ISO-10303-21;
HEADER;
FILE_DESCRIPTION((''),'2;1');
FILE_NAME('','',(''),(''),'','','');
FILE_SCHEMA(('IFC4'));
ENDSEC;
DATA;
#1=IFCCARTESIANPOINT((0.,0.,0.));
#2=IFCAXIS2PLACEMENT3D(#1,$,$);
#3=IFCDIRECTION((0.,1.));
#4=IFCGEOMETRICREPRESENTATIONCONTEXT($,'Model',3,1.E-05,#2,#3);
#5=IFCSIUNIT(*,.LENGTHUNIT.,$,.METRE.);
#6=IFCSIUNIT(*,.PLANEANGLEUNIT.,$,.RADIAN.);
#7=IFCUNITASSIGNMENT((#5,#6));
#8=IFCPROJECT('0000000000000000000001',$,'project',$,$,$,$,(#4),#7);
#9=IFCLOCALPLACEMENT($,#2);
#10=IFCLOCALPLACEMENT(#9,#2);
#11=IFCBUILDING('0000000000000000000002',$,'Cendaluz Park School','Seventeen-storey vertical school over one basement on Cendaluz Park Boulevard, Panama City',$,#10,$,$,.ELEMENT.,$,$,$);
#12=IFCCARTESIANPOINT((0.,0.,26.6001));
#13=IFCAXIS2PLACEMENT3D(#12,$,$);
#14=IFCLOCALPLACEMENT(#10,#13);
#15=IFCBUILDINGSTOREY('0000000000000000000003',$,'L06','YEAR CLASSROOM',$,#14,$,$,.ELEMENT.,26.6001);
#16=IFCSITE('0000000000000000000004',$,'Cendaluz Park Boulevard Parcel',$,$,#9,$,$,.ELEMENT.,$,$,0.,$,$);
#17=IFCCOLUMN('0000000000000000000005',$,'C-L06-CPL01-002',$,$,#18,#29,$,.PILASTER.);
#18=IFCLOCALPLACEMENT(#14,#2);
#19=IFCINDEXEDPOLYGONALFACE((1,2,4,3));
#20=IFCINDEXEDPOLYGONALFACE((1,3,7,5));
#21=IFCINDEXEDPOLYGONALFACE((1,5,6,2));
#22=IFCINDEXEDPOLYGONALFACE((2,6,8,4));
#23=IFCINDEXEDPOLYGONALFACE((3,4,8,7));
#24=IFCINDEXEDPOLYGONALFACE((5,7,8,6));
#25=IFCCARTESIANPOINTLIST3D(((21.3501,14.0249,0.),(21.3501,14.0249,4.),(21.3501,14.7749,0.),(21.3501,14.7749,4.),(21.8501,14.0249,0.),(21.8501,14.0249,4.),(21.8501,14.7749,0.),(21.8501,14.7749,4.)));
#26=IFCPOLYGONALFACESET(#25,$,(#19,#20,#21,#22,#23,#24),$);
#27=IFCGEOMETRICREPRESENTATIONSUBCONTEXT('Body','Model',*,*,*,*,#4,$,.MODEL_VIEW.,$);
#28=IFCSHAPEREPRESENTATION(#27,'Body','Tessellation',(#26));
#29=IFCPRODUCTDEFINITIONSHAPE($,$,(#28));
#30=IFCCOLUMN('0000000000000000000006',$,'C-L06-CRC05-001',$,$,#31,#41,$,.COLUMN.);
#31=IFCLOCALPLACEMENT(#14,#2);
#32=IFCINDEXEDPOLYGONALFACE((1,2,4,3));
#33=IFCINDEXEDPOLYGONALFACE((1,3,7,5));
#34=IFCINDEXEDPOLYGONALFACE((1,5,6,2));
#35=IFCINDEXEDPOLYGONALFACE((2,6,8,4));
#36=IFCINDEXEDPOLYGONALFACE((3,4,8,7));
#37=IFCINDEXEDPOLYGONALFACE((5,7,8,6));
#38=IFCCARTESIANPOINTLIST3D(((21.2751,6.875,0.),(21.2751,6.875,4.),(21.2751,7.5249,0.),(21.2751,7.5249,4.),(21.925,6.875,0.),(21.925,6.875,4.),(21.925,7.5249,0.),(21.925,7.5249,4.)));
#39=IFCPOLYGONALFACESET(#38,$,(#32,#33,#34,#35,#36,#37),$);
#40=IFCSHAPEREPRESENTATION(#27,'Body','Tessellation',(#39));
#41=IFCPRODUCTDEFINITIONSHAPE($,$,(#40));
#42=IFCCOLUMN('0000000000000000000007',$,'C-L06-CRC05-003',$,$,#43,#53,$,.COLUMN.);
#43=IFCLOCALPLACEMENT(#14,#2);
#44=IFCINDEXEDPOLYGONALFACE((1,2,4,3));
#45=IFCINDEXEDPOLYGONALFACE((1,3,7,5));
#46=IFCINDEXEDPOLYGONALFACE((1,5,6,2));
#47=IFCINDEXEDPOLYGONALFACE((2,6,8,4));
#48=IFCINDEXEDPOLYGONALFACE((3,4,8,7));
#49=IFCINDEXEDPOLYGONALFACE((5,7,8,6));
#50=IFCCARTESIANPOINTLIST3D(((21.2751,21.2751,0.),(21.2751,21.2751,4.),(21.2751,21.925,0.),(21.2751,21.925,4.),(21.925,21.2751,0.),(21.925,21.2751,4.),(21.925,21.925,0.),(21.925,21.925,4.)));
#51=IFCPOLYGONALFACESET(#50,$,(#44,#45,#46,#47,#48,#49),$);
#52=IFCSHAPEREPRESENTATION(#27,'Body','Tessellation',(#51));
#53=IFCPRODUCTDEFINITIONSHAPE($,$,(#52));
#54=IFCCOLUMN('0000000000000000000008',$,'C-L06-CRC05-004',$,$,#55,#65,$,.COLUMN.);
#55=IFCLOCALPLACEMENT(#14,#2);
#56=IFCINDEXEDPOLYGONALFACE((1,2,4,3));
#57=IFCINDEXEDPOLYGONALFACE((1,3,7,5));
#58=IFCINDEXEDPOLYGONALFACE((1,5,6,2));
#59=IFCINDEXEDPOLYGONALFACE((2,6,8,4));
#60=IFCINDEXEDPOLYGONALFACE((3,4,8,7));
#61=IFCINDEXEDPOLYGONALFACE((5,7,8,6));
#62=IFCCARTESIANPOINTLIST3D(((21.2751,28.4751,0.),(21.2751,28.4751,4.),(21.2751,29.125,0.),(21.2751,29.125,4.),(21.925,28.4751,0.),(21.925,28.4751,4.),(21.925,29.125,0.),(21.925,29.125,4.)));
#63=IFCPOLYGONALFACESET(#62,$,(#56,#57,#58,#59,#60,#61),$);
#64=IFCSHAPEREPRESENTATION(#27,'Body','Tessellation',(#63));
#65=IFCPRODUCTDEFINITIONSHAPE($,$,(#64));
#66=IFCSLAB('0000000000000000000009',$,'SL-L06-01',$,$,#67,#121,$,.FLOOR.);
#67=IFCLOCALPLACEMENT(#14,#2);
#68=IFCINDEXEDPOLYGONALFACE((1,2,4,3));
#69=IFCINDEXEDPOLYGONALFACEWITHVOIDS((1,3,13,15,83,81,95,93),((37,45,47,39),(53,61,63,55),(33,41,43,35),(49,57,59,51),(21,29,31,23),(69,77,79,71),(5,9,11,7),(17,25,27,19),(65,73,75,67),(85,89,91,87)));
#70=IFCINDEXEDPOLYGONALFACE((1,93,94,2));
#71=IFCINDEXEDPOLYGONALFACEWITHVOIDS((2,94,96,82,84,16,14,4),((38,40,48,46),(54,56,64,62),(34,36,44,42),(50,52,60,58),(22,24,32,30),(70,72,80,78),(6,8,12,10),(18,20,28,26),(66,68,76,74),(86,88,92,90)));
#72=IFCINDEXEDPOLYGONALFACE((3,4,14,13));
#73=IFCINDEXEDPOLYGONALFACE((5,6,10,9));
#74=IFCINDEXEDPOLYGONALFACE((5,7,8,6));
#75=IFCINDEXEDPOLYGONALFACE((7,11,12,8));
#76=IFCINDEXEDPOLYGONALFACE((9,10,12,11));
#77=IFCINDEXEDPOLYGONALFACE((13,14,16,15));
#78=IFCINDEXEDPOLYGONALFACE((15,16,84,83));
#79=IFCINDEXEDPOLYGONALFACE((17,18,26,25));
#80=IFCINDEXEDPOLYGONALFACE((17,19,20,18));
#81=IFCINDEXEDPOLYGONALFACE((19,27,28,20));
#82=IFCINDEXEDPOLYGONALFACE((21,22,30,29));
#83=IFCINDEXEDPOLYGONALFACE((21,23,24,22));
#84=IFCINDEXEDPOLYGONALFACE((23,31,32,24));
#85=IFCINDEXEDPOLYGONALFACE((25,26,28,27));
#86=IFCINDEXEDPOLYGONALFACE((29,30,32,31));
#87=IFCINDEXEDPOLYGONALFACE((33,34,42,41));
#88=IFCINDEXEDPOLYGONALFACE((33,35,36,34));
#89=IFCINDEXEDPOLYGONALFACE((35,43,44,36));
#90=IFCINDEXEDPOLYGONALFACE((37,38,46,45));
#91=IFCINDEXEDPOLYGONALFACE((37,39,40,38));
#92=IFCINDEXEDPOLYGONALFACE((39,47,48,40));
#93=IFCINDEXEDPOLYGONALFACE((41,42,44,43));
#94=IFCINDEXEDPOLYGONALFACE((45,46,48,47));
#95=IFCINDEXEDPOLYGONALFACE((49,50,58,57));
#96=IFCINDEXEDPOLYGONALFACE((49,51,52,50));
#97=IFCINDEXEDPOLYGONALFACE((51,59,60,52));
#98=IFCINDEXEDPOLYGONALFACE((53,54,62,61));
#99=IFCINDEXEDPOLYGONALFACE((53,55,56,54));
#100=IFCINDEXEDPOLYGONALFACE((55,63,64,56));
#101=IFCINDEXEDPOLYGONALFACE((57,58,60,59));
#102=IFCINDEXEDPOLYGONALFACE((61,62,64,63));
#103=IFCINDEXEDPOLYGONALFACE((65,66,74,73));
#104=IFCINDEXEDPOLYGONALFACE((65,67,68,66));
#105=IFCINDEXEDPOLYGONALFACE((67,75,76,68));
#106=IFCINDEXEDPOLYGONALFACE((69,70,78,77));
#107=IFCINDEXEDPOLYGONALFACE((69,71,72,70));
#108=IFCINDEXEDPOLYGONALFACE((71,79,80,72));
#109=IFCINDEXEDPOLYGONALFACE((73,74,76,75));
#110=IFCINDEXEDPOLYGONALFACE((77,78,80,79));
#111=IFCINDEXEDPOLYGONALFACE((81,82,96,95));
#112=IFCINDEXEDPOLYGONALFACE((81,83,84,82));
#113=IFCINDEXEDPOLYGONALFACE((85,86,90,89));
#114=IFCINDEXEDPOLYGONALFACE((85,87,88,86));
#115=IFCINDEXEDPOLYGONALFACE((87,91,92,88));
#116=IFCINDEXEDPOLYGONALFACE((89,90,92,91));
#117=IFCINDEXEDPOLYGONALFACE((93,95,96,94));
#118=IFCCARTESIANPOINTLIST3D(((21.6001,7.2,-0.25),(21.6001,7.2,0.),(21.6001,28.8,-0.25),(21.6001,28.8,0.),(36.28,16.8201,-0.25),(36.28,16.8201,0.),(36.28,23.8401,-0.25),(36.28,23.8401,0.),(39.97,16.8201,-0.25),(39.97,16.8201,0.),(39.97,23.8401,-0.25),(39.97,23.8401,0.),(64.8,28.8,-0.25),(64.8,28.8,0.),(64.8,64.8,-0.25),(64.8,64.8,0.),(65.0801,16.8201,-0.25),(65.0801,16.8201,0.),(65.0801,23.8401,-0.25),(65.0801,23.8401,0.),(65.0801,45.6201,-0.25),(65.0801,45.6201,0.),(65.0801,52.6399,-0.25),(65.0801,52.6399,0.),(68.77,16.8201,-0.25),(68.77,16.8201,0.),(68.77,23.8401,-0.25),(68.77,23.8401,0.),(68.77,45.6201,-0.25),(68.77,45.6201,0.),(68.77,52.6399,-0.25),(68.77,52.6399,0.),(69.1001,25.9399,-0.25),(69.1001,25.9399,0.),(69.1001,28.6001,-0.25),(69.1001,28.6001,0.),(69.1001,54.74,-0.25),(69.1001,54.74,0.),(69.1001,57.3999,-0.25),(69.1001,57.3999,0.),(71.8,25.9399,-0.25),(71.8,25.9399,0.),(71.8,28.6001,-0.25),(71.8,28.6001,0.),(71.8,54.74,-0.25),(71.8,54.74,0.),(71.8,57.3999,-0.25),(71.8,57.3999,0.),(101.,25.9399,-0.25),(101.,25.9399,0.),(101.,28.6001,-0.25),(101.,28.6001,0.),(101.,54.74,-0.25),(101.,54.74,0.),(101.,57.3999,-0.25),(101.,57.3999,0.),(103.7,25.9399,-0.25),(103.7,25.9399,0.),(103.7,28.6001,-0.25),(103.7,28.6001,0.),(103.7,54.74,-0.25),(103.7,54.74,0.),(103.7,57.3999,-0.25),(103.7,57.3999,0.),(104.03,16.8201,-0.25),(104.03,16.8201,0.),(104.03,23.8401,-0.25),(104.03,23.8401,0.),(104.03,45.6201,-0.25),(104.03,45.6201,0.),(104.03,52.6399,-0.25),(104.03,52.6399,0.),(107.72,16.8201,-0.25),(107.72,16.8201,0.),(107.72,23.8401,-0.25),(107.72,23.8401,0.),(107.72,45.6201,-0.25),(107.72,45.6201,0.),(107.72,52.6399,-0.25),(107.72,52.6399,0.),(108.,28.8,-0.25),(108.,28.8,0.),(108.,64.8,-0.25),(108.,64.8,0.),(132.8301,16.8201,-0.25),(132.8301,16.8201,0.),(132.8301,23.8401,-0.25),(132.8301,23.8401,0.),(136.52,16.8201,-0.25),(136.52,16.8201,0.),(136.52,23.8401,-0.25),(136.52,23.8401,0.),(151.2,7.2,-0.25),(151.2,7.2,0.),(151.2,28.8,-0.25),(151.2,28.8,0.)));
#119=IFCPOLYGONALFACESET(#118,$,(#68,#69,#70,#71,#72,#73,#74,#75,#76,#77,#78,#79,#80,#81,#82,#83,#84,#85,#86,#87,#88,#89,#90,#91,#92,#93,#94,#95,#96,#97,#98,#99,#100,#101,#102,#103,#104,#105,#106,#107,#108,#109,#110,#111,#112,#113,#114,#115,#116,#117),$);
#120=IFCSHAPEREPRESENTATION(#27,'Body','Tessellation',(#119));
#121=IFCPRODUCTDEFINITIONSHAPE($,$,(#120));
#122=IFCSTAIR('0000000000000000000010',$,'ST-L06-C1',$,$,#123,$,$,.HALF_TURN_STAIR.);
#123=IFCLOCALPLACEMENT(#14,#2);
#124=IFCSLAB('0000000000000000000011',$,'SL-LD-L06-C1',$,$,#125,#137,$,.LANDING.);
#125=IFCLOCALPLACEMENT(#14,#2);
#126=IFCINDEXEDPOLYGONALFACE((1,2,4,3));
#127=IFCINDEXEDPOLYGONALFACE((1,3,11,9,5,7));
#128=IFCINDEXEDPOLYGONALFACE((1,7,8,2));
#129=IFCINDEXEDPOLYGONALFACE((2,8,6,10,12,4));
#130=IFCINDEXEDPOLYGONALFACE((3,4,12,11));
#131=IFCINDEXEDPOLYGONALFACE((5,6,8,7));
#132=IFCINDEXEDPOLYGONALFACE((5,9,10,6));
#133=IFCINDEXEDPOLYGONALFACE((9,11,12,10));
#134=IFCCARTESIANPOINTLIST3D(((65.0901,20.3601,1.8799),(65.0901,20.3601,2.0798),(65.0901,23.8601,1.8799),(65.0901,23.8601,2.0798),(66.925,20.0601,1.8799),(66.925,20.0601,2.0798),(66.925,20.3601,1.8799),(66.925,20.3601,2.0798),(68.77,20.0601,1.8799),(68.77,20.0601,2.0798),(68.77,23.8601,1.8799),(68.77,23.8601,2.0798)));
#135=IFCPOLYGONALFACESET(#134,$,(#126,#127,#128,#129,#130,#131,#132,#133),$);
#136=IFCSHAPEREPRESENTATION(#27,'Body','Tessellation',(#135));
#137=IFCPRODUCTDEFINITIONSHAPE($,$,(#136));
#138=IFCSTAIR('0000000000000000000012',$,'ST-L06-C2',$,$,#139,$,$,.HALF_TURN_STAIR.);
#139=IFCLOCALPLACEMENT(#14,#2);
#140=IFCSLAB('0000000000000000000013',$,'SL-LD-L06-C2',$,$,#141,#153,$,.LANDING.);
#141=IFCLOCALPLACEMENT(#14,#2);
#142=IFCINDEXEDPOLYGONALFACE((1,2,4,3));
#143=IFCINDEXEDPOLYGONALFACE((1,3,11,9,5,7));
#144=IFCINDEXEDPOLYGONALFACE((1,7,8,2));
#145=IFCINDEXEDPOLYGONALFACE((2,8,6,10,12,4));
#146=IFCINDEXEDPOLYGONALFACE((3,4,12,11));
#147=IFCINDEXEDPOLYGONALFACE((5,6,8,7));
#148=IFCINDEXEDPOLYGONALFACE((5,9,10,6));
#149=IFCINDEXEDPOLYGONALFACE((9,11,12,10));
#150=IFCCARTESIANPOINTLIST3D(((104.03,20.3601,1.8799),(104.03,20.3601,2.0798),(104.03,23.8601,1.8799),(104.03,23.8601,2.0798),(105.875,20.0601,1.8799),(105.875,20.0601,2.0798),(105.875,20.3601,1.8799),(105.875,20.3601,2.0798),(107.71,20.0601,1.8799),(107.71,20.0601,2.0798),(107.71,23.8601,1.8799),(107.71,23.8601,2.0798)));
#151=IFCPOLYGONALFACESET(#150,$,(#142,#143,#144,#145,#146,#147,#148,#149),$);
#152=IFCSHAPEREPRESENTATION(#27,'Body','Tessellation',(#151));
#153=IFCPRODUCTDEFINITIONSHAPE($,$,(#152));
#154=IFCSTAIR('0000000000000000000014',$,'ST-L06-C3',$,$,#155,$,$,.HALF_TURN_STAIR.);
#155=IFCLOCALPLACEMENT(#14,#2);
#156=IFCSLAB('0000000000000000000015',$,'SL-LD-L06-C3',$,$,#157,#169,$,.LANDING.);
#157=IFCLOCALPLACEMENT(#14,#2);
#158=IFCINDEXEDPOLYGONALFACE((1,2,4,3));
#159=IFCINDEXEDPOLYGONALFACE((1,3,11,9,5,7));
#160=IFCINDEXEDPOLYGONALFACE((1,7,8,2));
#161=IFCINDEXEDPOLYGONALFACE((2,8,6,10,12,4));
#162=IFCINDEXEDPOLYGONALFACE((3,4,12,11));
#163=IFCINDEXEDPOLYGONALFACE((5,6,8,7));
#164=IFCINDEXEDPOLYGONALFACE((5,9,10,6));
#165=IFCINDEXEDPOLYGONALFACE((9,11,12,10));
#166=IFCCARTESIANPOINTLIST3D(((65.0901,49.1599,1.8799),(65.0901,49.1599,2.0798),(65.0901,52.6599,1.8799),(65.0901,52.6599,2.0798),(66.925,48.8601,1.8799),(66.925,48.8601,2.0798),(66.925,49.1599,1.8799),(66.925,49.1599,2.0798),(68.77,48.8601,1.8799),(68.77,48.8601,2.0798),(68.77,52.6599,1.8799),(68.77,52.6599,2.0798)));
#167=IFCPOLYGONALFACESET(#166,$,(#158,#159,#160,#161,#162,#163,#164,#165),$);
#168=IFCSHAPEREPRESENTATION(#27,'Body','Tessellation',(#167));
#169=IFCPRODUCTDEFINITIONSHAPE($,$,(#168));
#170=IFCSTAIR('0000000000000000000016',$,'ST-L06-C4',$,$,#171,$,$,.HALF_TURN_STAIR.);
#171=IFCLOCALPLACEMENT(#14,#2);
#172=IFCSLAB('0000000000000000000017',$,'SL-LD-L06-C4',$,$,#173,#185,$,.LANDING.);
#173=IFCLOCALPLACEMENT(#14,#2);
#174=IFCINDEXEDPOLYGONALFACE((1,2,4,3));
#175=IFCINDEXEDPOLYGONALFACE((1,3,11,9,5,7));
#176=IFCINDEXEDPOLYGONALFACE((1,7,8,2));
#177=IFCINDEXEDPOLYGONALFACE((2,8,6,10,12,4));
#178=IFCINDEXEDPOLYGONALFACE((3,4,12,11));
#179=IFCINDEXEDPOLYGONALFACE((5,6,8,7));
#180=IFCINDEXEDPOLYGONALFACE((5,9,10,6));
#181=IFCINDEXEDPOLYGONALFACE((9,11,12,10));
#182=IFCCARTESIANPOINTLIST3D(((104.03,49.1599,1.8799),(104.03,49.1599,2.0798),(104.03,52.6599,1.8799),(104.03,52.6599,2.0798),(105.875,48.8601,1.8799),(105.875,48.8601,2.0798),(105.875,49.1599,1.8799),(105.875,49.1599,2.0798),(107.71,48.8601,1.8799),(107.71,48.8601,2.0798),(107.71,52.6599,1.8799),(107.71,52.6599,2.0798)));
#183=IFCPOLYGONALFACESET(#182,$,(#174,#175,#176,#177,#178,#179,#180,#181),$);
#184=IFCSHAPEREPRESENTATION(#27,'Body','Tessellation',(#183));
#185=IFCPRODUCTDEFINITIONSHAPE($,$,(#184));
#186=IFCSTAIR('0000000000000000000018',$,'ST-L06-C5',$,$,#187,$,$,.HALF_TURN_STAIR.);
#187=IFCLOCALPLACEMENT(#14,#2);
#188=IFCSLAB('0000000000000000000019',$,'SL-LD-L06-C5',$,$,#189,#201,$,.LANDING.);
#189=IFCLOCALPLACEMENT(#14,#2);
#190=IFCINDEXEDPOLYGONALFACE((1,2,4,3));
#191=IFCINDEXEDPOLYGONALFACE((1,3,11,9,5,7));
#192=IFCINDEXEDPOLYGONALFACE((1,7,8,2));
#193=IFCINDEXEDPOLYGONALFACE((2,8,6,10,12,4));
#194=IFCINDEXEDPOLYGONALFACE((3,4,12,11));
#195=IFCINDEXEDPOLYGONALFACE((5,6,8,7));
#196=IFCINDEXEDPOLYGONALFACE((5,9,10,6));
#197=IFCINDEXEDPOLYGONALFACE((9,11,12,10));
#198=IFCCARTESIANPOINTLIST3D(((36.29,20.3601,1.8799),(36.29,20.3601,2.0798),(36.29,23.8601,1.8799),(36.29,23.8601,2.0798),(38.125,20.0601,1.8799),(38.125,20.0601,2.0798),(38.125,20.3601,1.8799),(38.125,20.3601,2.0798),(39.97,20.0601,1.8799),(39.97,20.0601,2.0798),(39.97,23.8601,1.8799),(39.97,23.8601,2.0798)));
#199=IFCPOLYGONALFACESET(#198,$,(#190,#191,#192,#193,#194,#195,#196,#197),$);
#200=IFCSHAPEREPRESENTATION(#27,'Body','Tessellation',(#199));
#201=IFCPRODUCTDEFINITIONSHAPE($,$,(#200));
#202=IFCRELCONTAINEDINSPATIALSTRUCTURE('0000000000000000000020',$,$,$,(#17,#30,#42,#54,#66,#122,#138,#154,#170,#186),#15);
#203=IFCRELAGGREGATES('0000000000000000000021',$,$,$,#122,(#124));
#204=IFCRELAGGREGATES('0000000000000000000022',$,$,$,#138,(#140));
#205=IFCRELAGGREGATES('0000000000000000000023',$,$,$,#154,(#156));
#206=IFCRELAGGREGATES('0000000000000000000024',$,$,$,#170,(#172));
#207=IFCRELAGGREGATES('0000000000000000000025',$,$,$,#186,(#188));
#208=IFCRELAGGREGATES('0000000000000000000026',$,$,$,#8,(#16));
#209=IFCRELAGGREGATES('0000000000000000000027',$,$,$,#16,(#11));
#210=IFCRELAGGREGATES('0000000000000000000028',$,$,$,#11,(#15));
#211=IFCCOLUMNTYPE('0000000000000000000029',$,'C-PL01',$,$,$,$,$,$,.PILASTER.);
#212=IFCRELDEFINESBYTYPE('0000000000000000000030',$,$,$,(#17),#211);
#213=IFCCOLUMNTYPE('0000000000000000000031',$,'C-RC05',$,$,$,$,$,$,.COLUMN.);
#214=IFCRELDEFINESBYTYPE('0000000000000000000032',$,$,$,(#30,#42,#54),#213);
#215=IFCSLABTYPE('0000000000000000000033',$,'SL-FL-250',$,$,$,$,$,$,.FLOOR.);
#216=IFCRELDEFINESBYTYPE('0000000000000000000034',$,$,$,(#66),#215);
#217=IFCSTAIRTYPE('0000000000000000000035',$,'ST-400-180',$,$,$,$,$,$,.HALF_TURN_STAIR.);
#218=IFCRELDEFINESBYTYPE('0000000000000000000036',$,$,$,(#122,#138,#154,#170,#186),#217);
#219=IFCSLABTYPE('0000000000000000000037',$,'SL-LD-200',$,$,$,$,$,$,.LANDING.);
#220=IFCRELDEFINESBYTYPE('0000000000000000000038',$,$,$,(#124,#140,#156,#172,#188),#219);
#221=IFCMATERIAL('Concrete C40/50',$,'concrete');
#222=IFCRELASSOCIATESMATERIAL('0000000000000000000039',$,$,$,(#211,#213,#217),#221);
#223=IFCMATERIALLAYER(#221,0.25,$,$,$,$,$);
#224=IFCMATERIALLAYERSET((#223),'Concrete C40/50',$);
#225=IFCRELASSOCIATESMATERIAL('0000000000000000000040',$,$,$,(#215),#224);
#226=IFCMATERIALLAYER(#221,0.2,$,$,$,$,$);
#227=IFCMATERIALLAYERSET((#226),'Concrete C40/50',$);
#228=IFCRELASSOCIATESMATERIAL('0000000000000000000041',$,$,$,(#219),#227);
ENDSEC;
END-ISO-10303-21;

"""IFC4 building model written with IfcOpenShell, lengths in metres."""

from ifc_helpers import new_model, si_unit, direction, frame, origin, origin_2d, place, context, subcontext, project, spatial, polyline, rectangle, outline, extrude, material, layer, layer_set, material_profile, profile_set, type_object, element, aggregate, save


model = new_model("IFC4")

# Units and contexts
model_context = context("Model", 3, precision=1e-05, world=origin(), true_north=direction((0.0, 1.0)))
body_context = subcontext(model_context, "Body", "Model", "MODEL_VIEW")
ifc_project = project(units=[si_unit("LENGTHUNIT", "METRE"), si_unit("PLANEANGLEUNIT", "RADIAN")], contexts=[model_context])

# Site, building, storey
site_placement = place(None, origin())
site = spatial("IfcSite", under=ifc_project, at=site_placement, Name="Cendaluz Park Boulevard Parcel", CompositionType="ELEMENT", RefElevation=0.0)
building_placement = place(site_placement, origin())
building = spatial("IfcBuilding", under=site, at=building_placement, Name="Cendaluz Park School", Description="Seventeen-storey vertical school over one basement on Cendaluz Park Boulevard, Panama City", CompositionType="ELEMENT")
storey_placement = place(building_placement, frame((0.0, 0.0, 26.6001)))
storey = spatial("IfcBuildingStorey", under=building, at=storey_placement, Name="L06", Description="YEAR CLASSROOM", CompositionType="ELEMENT", Elevation=26.6001)

# Columns
ifc_material_1 = material(Name="Concrete C40/50", Category="concrete")
ifc_material_profile_1 = material_profile(ifc_material_1, rectangle(XDim=0.5, YDim=0.75, at=origin_2d()), Name="RC 500x750", Category="concrete")
ifc_profile_set_1 = profile_set([ifc_material_profile_1], Name="Concrete C40/50")
column_type_1 = type_object("IfcColumnType", Name="C-PL01", PredefinedType="PILASTER", material=ifc_profile_set_1)
column_placement = place(storey_placement, frame((21.6001, 14.3999, 0.0), z_axis=(0.0, 0.0, 1.0), x_axis=(1.0, 0.0, 0.0)))
element("IfcColumn", 1, at=column_placement, inside=storey, type_object=column_type_1, Name="C-L06-CPL01-002", PredefinedType="PILASTER", context=body_context, shape_type="SweptSolid", body=[
    extrude(rectangle(XDim=0.5, YDim=0.75, at=origin_2d()), origin(), (0.0, 0.0, 1.0), 4.0),
])
ifc_material_profile_2 = material_profile(ifc_material_1, rectangle(XDim=0.6499, YDim=0.6499, at=origin_2d()), Name="RC 650x650", Category="concrete")
ifc_profile_set_2 = profile_set([ifc_material_profile_2], Name="Concrete C40/50")
column_type_2 = type_object("IfcColumnType", Name="C-RC05", PredefinedType="COLUMN", material=ifc_profile_set_2)
for number, where, z_axis, x_axis, name in (
    (2, (21.6001, 7.2, 0.0), (0.0, 0.0, 1.0), (1.0, 0.0, 0.0), "C-L06-CRC05-001"),
    (3, (21.6001, 21.6001, 0.0), (0.0, 0.0, 1.0), (1.0, 0.0, 0.0), "C-L06-CRC05-003"),
    (4, (21.6001, 28.8, 0.0), (0.0, 0.0, 1.0), (1.0, 0.0, 0.0), "C-L06-CRC05-004"),
):
    element("IfcColumn", number, at=place(storey_placement, frame(where, z_axis=z_axis, x_axis=x_axis)), inside=storey, type_object=column_type_2, Name=name, PredefinedType="COLUMN", context=body_context, shape_type="SweptSolid", body=[
        extrude(rectangle(XDim=0.6499, YDim=0.6499, at=origin_2d()), origin(), (0.0, 0.0, 1.0), 4.0),
    ])

# Slab
ifc_layer_1 = layer(ifc_material_1, 0.25)
ifc_layer_set_1 = layer_set([ifc_layer_1], Name="Concrete C40/50")
slab_type_1 = type_object("IfcSlabType", Name="SL-FL-250", PredefinedType="FLOOR", material=ifc_layer_set_1)
slab_1_placement = place(storey_placement, frame((0.0, 0.0, -0.25)))
element("IfcSlab", 5, at=slab_1_placement, inside=storey, type_object=slab_type_1, Name="SL-L06-01", PredefinedType="FLOOR", context=body_context, shape_type="SweptSolid", body=[
    extrude(outline(polyline([(64.8, 28.8), (64.8, 64.8), (108.0, 64.8), (108.0, 28.8), (151.2, 28.8), (151.2, 7.2), (21.6001, 7.2), (21.6001, 28.8), (64.8, 28.8)]), holes=[polyline([(65.0801, 23.8401), (65.0801, 16.8201), (68.77, 16.8201), (68.77, 23.8401), (65.0801, 23.8401)]), polyline([(71.8, 28.6001), (69.1001, 28.6001), (69.1001, 25.9399), (71.8, 25.9399), (71.8, 28.6001)]), polyline([(107.72, 16.8201), (107.72, 23.8401), (104.03, 23.8401), (104.03, 16.8201), (107.72, 16.8201)]), polyline([(101.0, 25.9399), (103.7, 25.9399), (103.7, 28.6001), (101.0, 28.6001), (101.0, 25.9399)]), polyline([(65.0801, 52.6399), (65.0801, 45.6201), (68.77, 45.6201), (68.77, 52.6399), (65.0801, 52.6399)]), polyline([(71.8, 57.3999), (69.1001, 57.3999), (69.1001, 54.74), (71.8, 54.74), (71.8, 57.3999)]), polyline([(107.72, 45.6201), (107.72, 52.6399), (104.03, 52.6399), (104.03, 45.6201), (107.72, 45.6201)]), polyline([(101.0, 54.74), (103.7, 54.74), (103.7, 57.3999), (101.0, 57.3999), (101.0, 54.74)]), polyline([(36.28, 23.8401), (36.28, 16.8201), (39.97, 16.8201), (39.97, 23.8401), (36.28, 23.8401)]), polyline([(136.52, 23.8401), (132.8301, 23.8401), (132.8301, 16.8201), (136.52, 16.8201), (136.52, 23.8401)])]), origin(), (0.0, 0.0, 1.0), 0.25),
])

# Stairs, slabs
stair_type = type_object("IfcStairType", Name="ST-400-180", PredefinedType="HALF_TURN_STAIR", material=ifc_material_1)
stair_1_placement = place(storey_placement, origin())
stair_1 = element("IfcStair", 6, at=stair_1_placement, inside=storey, type_object=stair_type, Name="ST-L06-C1", PredefinedType="HALF_TURN_STAIR")
ifc_layer_2 = layer(ifc_material_1, 0.2)
ifc_layer_set_2 = layer_set([ifc_layer_2], Name="Concrete C40/50")
slab_type_2 = type_object("IfcSlabType", Name="SL-LD-200", PredefinedType="LANDING", material=ifc_layer_set_2)
slab_2_placement = place(storey_placement, frame((0.0, 0.0, 1.8799)))
slab_2 = element("IfcSlab", 7, at=slab_2_placement, type_object=slab_type_2, Name="SL-LD-L06-C1", PredefinedType="LANDING", context=body_context, shape_type="SweptSolid", body=[
    extrude(outline(polyline([(65.0901, 20.3601), (66.925, 20.3601), (66.925, 20.0601), (68.77, 20.0601), (68.77, 23.8601), (65.0901, 23.8601), (65.0901, 20.3601)])), origin(), (0.0, 0.0, 1.0), 0.2),
])
aggregate(stair_1, [slab_2])
stair_2_placement = place(storey_placement, origin())
stair_2 = element("IfcStair", 8, at=stair_2_placement, inside=storey, type_object=stair_type, Name="ST-L06-C2", PredefinedType="HALF_TURN_STAIR")
slab_3_placement = place(storey_placement, frame((0.0, 0.0, 1.8799)))
slab_3 = element("IfcSlab", 9, at=slab_3_placement, type_object=slab_type_2, Name="SL-LD-L06-C2", PredefinedType="LANDING", context=body_context, shape_type="SweptSolid", body=[
    extrude(outline(polyline([(104.03, 20.3601), (105.875, 20.3601), (105.875, 20.0601), (107.71, 20.0601), (107.71, 23.8601), (104.03, 23.8601), (104.03, 20.3601)])), origin(), (0.0, 0.0, 1.0), 0.2),
])
aggregate(stair_2, [slab_3])
stair_3_placement = place(storey_placement, origin())
stair_3 = element("IfcStair", 10, at=stair_3_placement, inside=storey, type_object=stair_type, Name="ST-L06-C3", PredefinedType="HALF_TURN_STAIR")
slab_4_placement = place(storey_placement, frame((0.0, 0.0, 1.8799)))
slab_4 = element("IfcSlab", 11, at=slab_4_placement, type_object=slab_type_2, Name="SL-LD-L06-C3", PredefinedType="LANDING", context=body_context, shape_type="SweptSolid", body=[
    extrude(outline(polyline([(65.0901, 49.1599), (66.925, 49.1599), (66.925, 48.8601), (68.77, 48.8601), (68.77, 52.6599), (65.0901, 52.6599), (65.0901, 49.1599)])), origin(), (0.0, 0.0, 1.0), 0.2),
])
aggregate(stair_3, [slab_4])
stair_4_placement = place(storey_placement, origin())
stair_4 = element("IfcStair", 12, at=stair_4_placement, inside=storey, type_object=stair_type, Name="ST-L06-C4", PredefinedType="HALF_TURN_STAIR")
slab_5_placement = place(storey_placement, frame((0.0, 0.0, 1.8799)))
slab_5 = element("IfcSlab", 13, at=slab_5_placement, type_object=slab_type_2, Name="SL-LD-L06-C4", PredefinedType="LANDING", context=body_context, shape_type="SweptSolid", body=[
    extrude(outline(polyline([(104.03, 49.1599), (105.875, 49.1599), (105.875, 48.8601), (107.71, 48.8601), (107.71, 52.6599), (104.03, 52.6599), (104.03, 49.1599)])), origin(), (0.0, 0.0, 1.0), 0.2),
])
aggregate(stair_4, [slab_5])
stair_5_placement = place(storey_placement, origin())
stair_5 = element("IfcStair", 14, at=stair_5_placement, inside=storey, type_object=stair_type, Name="ST-L06-C5", PredefinedType="HALF_TURN_STAIR")
slab_6_placement = place(storey_placement, frame((0.0, 0.0, 1.8799)))
slab_6 = element("IfcSlab", 15, at=slab_6_placement, type_object=slab_type_2, Name="SL-LD-L06-C5", PredefinedType="LANDING", context=body_context, shape_type="SweptSolid", body=[
    extrude(outline(polyline([(36.29, 20.3601), (38.125, 20.3601), (38.125, 20.0601), (39.97, 20.0601), (39.97, 23.8601), (36.29, 23.8601), (36.29, 20.3601)])), origin(), (0.0, 0.0, 1.0), 0.2),
])
aggregate(stair_5, [slab_6])

save(model, "model.ifc")
